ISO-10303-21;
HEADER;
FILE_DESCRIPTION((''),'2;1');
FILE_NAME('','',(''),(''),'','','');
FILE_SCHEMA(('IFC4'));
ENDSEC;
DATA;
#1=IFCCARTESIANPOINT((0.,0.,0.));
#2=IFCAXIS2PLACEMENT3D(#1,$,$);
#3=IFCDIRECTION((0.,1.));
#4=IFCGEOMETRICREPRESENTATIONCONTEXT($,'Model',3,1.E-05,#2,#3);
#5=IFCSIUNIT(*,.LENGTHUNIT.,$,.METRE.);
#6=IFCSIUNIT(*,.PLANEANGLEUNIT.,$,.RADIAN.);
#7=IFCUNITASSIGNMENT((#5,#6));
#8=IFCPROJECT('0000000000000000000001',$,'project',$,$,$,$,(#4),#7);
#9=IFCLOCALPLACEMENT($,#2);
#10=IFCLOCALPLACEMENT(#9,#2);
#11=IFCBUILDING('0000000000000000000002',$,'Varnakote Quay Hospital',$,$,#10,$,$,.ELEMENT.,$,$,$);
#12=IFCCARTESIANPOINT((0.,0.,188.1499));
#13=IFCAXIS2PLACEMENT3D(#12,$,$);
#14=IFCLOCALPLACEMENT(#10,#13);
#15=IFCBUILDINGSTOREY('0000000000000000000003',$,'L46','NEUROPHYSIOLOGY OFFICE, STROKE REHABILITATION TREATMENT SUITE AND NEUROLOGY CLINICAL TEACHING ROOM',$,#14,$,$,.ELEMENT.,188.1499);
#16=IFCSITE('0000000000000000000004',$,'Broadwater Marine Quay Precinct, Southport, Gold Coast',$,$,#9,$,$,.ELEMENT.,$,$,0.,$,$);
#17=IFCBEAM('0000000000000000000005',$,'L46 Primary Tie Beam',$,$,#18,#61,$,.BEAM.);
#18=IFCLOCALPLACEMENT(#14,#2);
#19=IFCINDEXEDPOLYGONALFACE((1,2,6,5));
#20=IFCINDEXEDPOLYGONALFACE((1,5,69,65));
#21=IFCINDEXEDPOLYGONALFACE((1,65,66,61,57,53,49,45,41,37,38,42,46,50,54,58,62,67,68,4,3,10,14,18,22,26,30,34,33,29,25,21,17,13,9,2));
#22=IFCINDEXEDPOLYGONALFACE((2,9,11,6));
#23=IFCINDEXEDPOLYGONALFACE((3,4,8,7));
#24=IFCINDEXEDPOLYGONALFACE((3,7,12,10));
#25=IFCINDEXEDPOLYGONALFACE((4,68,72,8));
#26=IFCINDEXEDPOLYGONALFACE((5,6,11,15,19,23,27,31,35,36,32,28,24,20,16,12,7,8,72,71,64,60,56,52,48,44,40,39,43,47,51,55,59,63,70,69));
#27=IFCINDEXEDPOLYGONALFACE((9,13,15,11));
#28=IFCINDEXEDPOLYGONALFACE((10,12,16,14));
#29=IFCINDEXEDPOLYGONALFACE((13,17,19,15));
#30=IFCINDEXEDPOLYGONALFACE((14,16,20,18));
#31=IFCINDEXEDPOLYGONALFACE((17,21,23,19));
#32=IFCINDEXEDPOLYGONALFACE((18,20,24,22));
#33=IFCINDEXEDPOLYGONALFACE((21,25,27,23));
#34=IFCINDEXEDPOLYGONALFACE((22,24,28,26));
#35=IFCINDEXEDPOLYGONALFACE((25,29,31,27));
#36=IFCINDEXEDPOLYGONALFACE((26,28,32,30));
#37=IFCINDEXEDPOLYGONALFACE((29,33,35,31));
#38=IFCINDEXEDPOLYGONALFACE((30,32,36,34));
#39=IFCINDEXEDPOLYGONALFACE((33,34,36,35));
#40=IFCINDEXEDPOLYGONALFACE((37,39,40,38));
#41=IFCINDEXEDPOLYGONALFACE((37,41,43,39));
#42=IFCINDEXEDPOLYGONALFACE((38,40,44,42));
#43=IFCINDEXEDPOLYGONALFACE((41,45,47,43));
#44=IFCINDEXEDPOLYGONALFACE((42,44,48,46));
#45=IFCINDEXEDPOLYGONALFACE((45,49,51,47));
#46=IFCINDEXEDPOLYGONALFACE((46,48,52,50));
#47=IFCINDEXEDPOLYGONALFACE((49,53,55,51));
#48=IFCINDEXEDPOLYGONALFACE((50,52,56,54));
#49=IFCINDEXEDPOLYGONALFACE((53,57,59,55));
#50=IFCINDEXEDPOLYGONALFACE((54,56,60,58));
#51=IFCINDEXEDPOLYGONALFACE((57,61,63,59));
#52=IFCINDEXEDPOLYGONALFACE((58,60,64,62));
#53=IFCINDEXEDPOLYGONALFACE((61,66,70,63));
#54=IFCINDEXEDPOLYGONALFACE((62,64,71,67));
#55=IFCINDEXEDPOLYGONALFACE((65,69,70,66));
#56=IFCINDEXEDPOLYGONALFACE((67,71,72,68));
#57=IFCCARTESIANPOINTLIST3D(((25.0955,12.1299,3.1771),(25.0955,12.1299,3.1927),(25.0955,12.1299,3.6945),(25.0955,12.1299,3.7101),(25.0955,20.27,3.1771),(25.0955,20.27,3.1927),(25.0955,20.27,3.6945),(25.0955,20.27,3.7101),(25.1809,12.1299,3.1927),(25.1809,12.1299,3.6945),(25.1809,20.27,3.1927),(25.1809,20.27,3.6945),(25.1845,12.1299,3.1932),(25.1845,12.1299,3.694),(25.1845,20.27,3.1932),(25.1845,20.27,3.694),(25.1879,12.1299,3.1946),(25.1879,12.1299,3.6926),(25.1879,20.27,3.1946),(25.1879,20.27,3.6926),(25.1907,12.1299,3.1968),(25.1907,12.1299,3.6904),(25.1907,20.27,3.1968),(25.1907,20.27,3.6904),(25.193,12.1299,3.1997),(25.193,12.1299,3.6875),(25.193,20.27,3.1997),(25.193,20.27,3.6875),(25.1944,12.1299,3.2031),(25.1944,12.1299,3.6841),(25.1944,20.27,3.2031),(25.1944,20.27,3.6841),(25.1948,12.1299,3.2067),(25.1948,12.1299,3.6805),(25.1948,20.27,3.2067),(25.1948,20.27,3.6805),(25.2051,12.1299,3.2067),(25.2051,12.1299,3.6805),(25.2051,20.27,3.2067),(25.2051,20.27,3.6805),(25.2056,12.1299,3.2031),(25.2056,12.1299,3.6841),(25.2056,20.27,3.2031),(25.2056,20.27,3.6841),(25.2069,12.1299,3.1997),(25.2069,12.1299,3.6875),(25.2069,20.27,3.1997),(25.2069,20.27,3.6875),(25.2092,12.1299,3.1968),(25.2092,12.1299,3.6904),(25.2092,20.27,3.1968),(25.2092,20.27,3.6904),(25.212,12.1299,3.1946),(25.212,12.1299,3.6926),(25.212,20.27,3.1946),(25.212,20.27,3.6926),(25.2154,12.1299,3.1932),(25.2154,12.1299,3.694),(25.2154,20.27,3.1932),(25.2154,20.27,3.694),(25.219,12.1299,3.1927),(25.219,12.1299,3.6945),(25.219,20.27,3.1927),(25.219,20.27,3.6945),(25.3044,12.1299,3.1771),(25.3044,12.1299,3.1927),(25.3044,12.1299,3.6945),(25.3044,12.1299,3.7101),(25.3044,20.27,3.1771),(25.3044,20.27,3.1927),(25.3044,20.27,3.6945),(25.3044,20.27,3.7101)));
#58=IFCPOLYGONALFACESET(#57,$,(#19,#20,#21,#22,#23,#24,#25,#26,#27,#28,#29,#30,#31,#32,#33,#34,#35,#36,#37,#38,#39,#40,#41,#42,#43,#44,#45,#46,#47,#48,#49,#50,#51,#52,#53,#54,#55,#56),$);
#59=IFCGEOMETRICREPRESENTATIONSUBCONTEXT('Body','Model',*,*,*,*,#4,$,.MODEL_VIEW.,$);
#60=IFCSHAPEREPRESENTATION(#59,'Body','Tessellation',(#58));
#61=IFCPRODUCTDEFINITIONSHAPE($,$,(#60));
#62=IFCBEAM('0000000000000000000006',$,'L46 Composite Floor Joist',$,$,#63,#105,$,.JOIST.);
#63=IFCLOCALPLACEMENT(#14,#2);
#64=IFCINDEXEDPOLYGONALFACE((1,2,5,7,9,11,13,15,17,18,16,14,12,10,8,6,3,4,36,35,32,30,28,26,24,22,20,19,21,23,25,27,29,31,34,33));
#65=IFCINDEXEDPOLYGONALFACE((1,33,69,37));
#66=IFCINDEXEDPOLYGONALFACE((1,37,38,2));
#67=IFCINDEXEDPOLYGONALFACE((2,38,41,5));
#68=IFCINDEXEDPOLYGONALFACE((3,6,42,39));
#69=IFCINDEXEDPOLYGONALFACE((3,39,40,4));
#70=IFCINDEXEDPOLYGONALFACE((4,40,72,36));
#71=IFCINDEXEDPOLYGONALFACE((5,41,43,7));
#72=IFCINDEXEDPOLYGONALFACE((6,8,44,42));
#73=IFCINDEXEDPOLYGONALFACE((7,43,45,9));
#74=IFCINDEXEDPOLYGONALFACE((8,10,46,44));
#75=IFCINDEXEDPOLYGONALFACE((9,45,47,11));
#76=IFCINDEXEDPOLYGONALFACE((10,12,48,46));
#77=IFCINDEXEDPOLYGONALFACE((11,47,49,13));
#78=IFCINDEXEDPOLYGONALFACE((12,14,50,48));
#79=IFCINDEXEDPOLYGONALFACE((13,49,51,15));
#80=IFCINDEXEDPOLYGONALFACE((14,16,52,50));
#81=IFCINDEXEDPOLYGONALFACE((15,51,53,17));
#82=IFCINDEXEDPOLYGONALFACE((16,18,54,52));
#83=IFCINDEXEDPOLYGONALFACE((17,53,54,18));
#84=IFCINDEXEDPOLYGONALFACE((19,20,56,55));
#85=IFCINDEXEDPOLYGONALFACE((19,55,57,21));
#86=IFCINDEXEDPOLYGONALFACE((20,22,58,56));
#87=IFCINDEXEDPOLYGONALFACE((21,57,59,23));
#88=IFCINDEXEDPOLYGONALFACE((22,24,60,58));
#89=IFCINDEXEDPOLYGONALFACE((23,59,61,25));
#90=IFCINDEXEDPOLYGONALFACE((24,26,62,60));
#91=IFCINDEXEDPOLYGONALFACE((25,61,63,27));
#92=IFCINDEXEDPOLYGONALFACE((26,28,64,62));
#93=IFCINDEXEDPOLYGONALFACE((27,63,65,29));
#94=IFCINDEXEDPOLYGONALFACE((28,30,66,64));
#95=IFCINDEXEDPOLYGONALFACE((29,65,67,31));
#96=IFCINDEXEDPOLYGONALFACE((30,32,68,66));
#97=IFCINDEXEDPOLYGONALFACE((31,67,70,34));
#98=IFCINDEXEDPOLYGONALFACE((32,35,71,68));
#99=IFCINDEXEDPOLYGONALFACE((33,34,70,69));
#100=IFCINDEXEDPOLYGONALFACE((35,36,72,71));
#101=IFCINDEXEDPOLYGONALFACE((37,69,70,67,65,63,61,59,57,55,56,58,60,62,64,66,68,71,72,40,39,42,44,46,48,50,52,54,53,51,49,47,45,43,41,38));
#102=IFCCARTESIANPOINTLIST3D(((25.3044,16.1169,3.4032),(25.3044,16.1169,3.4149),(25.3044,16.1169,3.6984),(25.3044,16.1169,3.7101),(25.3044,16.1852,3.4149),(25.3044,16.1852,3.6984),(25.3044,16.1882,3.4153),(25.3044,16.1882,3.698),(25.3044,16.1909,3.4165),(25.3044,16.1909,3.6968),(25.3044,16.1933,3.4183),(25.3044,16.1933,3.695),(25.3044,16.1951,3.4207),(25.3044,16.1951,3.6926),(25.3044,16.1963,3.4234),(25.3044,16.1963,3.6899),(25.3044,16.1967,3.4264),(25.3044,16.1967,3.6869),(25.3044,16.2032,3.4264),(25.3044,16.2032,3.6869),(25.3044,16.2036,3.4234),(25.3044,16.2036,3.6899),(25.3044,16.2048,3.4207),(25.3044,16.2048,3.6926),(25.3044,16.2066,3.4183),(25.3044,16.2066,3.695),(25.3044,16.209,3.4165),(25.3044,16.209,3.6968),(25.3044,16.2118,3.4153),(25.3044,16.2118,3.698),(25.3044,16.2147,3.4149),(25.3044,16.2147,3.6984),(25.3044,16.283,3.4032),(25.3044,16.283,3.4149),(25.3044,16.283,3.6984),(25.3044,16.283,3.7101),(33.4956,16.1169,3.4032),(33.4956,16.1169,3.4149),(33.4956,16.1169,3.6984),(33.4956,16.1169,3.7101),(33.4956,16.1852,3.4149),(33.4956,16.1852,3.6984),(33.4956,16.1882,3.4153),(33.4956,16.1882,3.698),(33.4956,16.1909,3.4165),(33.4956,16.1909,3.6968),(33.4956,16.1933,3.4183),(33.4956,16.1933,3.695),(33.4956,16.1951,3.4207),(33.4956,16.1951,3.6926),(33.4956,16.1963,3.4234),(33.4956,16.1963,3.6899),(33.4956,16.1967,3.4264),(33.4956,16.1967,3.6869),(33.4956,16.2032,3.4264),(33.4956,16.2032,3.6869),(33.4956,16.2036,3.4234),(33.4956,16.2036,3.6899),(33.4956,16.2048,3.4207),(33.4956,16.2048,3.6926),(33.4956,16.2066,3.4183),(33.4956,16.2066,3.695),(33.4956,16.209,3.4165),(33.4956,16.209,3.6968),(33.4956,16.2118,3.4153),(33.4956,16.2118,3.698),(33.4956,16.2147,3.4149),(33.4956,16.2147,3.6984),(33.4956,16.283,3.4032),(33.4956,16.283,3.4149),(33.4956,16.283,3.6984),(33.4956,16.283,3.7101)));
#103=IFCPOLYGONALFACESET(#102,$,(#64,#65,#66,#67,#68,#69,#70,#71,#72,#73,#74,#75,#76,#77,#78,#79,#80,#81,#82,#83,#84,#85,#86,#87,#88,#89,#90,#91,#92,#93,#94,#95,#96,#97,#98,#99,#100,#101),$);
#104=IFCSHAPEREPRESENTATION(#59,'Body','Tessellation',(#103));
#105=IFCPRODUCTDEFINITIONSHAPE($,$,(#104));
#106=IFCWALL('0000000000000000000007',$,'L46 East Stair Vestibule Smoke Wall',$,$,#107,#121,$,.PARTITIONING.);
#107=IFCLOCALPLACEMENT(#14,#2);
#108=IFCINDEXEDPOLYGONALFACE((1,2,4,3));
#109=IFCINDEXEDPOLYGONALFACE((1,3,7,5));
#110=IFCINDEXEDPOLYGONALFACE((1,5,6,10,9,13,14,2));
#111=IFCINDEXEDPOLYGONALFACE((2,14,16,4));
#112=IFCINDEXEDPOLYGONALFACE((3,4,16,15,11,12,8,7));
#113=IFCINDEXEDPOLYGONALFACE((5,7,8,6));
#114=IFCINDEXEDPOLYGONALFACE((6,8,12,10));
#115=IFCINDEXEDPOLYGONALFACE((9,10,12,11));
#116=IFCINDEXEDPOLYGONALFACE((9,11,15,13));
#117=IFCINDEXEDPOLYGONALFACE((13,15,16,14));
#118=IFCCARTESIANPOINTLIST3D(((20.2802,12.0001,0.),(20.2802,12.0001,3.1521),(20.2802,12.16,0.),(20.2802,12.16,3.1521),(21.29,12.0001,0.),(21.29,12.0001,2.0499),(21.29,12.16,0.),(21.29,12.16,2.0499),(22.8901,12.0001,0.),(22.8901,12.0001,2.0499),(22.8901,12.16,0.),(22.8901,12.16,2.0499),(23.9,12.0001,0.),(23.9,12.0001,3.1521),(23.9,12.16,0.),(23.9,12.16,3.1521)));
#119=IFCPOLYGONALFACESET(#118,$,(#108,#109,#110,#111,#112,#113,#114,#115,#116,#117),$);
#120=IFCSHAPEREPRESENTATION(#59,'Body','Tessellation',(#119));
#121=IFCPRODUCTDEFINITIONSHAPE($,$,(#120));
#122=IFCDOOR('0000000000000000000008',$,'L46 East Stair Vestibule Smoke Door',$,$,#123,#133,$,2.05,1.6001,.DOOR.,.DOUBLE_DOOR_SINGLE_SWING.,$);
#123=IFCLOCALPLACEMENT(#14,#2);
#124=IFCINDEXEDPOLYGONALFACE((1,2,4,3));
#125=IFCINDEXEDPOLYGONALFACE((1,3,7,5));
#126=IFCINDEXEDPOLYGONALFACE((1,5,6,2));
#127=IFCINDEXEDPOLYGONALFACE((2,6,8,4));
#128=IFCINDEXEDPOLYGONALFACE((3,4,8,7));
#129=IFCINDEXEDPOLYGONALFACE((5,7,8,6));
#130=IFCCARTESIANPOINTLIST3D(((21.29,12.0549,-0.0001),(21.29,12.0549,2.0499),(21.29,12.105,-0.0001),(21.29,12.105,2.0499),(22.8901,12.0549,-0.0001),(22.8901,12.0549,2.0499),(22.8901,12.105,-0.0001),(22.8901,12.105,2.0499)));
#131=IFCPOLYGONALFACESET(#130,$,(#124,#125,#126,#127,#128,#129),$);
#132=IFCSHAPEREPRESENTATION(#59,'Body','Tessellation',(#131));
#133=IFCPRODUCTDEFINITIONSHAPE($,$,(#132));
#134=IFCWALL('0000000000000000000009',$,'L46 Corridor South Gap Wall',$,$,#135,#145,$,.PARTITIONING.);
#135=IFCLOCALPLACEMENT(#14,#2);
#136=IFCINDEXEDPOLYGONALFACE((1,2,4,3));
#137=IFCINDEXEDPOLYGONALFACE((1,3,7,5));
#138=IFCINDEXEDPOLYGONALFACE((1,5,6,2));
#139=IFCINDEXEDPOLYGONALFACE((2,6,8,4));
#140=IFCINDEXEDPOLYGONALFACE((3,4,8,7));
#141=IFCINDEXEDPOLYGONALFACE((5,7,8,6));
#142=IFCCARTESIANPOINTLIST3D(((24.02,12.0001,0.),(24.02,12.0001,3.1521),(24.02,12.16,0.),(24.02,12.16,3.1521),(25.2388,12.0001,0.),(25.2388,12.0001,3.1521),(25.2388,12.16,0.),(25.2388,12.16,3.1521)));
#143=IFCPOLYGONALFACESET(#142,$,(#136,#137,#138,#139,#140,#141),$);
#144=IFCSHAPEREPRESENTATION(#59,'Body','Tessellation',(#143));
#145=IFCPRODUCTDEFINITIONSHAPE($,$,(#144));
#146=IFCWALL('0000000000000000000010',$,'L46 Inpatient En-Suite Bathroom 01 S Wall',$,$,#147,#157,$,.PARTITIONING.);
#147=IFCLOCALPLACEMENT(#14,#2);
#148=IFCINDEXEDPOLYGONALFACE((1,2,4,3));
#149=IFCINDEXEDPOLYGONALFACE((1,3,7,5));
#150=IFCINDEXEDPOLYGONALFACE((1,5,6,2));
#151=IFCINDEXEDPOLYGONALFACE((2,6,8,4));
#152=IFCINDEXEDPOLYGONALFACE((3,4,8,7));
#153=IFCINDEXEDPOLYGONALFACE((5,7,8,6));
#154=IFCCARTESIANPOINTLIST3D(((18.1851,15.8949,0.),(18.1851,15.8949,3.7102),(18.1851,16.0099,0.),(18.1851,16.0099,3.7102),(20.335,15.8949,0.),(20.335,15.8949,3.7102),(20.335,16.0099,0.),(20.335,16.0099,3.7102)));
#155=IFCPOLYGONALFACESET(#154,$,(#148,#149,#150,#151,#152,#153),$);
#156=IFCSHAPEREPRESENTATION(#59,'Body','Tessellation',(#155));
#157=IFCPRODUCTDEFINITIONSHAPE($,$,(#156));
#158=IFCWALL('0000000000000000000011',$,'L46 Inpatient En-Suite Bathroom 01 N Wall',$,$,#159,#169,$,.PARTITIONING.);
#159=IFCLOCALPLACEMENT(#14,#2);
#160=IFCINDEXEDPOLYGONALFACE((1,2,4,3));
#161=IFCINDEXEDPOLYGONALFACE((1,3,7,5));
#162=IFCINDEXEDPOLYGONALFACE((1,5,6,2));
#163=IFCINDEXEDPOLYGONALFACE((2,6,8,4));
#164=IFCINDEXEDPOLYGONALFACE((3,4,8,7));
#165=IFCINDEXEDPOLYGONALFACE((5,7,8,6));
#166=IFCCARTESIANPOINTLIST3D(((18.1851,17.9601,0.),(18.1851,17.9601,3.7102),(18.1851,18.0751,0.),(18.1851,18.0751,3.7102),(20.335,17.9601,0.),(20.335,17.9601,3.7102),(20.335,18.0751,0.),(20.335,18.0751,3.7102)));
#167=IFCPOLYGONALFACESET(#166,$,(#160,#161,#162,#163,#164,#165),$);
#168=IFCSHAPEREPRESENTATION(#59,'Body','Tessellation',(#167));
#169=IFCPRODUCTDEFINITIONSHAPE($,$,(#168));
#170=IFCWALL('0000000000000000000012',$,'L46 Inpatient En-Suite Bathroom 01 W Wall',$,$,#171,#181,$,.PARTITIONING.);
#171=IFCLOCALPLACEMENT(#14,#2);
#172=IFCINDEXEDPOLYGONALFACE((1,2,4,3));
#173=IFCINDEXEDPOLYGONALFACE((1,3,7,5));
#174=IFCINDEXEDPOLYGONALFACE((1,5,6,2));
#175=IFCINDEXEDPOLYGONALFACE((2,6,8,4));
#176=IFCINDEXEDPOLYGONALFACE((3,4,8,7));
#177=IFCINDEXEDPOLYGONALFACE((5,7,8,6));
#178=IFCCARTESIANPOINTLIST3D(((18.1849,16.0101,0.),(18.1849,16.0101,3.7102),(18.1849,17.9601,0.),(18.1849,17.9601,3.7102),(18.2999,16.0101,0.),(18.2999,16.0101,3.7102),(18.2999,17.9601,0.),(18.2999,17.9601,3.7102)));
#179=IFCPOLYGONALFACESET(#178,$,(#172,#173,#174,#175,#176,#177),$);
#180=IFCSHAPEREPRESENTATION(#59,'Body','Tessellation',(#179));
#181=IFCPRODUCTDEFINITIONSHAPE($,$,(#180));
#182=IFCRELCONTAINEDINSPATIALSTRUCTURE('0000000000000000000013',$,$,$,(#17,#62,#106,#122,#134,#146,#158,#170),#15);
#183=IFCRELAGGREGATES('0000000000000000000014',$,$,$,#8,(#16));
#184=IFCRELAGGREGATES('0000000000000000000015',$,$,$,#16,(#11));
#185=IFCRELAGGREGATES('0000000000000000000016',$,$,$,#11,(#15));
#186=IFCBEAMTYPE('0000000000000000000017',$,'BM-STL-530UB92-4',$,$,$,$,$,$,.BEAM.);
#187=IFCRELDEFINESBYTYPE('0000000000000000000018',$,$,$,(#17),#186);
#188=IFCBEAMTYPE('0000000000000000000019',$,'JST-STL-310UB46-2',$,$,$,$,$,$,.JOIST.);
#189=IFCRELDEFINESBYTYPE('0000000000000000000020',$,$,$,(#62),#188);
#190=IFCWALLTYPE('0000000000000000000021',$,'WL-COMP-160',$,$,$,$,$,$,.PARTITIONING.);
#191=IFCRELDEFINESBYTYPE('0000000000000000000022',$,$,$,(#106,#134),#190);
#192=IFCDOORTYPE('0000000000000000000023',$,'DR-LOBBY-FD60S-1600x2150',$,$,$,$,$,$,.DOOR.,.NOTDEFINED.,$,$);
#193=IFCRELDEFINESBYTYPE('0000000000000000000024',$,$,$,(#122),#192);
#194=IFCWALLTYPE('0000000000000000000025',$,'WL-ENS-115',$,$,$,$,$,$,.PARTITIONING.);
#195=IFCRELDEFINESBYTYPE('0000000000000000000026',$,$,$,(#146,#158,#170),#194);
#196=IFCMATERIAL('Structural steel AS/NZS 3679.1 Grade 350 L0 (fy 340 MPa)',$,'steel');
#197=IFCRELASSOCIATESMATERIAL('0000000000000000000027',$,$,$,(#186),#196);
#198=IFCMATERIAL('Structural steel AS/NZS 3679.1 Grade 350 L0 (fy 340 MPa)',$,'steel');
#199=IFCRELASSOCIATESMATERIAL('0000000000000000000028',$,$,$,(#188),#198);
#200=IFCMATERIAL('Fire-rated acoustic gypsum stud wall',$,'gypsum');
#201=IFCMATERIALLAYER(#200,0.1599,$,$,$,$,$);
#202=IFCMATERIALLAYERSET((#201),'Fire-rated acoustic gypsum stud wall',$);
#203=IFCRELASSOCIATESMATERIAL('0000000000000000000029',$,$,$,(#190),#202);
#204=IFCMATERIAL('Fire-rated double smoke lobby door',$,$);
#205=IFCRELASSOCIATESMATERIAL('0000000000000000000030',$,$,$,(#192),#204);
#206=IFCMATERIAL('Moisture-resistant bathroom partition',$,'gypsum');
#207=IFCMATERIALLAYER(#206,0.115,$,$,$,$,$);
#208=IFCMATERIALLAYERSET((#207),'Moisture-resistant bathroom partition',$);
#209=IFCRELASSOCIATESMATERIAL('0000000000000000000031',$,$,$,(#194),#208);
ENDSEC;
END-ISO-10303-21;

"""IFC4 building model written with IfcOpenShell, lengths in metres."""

from ifc_helpers import new_model, si_unit, direction, frame, frame_2d, origin, origin_2d, place, context, subcontext, project, spatial, rectangle, i_section, extrude, material, layer, layer_set, material_profile, profile_set, type_object, element, fill, save


model = new_model("IFC4")

# Units and contexts
model_context = context("Model", 3, precision=1e-05, world=origin(), true_north=direction((0.0, 1.0)))
body_context = subcontext(model_context, "Body", "Model", "MODEL_VIEW")
ifc_project = project(units=[si_unit("LENGTHUNIT", "METRE"), si_unit("PLANEANGLEUNIT", "RADIAN")], contexts=[model_context])

# Site, building, storey
site_placement = place(None, origin())
site = spatial("IfcSite", under=ifc_project, at=site_placement, Name="Broadwater Marine Quay Precinct, Southport, Gold Coast", CompositionType="ELEMENT", RefElevation=0.0)
building_placement = place(site_placement, origin())
building = spatial("IfcBuilding", under=site, at=building_placement, Name="Varnakote Quay Hospital", CompositionType="ELEMENT")
storey_placement = place(building_placement, frame((0.0, 0.0, 188.1499)))
storey = spatial("IfcBuildingStorey", under=building, at=storey_placement, Name="L46", Description="NEUROPHYSIOLOGY OFFICE, STROKE REHABILITATION TREATMENT SUITE AND NEUROLOGY CLINICAL TEACHING ROOM", CompositionType="ELEMENT", Elevation=188.1499)

# Beams
ifc_material_1 = material(Name="Structural steel AS/NZS 3679.1 Grade 350 L0 (fy 340 MPa)", Category="steel")
ifc_material_profile_1 = material_profile(ifc_material_1, i_section(OverallWidth=0.209, OverallDepth=0.533, WebThickness=0.0103, FlangeThickness=0.0156, FilletRadius=0.0139, at=origin_2d()), Name="530UB92.4")
ifc_profile_set_1 = profile_set([ifc_material_profile_1], Name="Structural steel AS/NZS 3679.1 Grade 350 L0 (fy 340 MPa)")
beam_type_1 = type_object("IfcBeamType", Name="BM-STL-530UB92-4", PredefinedType="BEAM", material=ifc_profile_set_1)
beam_1_placement = place(storey_placement, frame((25.2, 12.1299, 3.4436), z_axis=(0.0, 1.0, 0.0), x_axis=(-1.0, 0.0, 0.0)))
element("IfcBeam", 1, at=beam_1_placement, inside=storey, type_object=beam_type_1, Name="L46 Primary Tie Beam", PredefinedType="BEAM", context=body_context, shape_type="SweptSolid", body=[
    extrude(i_section(OverallWidth=0.209, OverallDepth=0.533, WebThickness=0.0103, FlangeThickness=0.0156, FilletRadius=0.0139, at=origin_2d()), origin(), (0.0, 0.0, 1.0), 8.1401),
])
ifc_material_2 = material(Name="Structural steel AS/NZS 3679.1 Grade 350 L0 (fy 340 MPa)", Category="steel")
ifc_material_profile_2 = material_profile(ifc_material_2, i_section(OverallWidth=0.166, OverallDepth=0.3069, WebThickness=0.0066, FlangeThickness=0.0117, FilletRadius=0.0115, at=origin_2d()), Name="310UB46.2")
ifc_profile_set_2 = profile_set([ifc_material_profile_2], Name="Structural steel AS/NZS 3679.1 Grade 350 L0 (fy 340 MPa)")
beam_type_2 = type_object("IfcBeamType", Name="JST-STL-310UB46-2", PredefinedType="JOIST", material=ifc_profile_set_2)
beam_2_placement = place(storey_placement, frame((25.3044, 16.2, 3.5566), z_axis=(1.0, 0.0, 0.0), x_axis=(0.0, 1.0, 0.0)))
element("IfcBeam", 2, at=beam_2_placement, inside=storey, type_object=beam_type_2, Name="L46 Composite Floor Joist", PredefinedType="JOIST", context=body_context, shape_type="SweptSolid", body=[
    extrude(i_section(OverallWidth=0.166, OverallDepth=0.3069, WebThickness=0.0066, FlangeThickness=0.0117, FilletRadius=0.0115, at=origin_2d()), origin(), (0.0, 0.0, 1.0), 8.1912),
])

# Wall, opening, door
ifc_material_3 = material(Name="Fire-rated acoustic gypsum stud wall", Category="gypsum")
ifc_layer_1 = layer(ifc_material_3, 0.1599)
ifc_layer_set_1 = layer_set([ifc_layer_1], Name="Fire-rated acoustic gypsum stud wall")
wall_type_1 = type_object("IfcWallType", Name="WL-COMP-160", PredefinedType="PARTITIONING", material=ifc_layer_set_1)
wall_1_placement = place(storey_placement, frame((20.28, 12.0801, 0.0), z_axis=(0.0, 0.0, 1.0), x_axis=(1.0, 0.0, 0.0)))
wall_1 = element("IfcWall", 3, at=wall_1_placement, inside=storey, type_object=wall_type_1, Name="L46 East Stair Vestibule Smoke Wall", PredefinedType="PARTITIONING", context=body_context, shape_type="SweptSolid", body=[
    extrude(rectangle(XDim=3.6199, YDim=0.1599, at=frame_2d((1.8101, 0.0))), origin(), (0.0, 0.0, 1.0), 3.1521),
])
opening_1_placement = place(wall_1_placement, frame((1.01, 0.0, 0.0)))
opening_1 = element("IfcOpeningElement", 4, at=opening_1_placement, cuts=wall_1, PredefinedType="OPENING", context=body_context, shape_type="SweptSolid", body=[
    extrude(rectangle(XDim=1.6001, YDim=2.05, at=frame_2d((0.8, 1.0249))), frame((0.0, 0.0898, 0.0), z_axis=(0.0, -1.0, 0.0), x_axis=(1.0, 0.0, 0.0)), (0.0, 0.0, 1.0), 0.1799),
])
ifc_material_4 = material(Name="Fire-rated double smoke lobby door")
door_type_1 = type_object("IfcDoorType", Name="DR-LOBBY-FD60S-1600x2150", OperationType="NOTDEFINED", PredefinedType="DOOR", material=ifc_material_4)
door_1_placement = place(opening_1_placement, origin())
door_1 = element("IfcDoor", 5, at=door_1_placement, inside=storey, type_object=door_type_1, Name="L46 East Stair Vestibule Smoke Door", OperationType="DOUBLE_DOOR_SINGLE_SWING", OverallHeight=2.05, OverallWidth=1.6001, PredefinedType="DOOR", context=body_context, shape_type="SweptSolid", body=[
    extrude(rectangle(XDim=1.6001, YDim=2.05, at=frame_2d((0.8, 1.0249))), frame((0.0, 0.0249, 0.0), z_axis=(0.0, -1.0, 0.0), x_axis=(1.0, 0.0, 0.0)), (0.0, 0.0, 1.0), 0.05),
])
fill(opening_1, door_1)

# Walls
wall_2_placement = place(storey_placement, frame((24.02, 12.0801, 0.0), z_axis=(0.0, 0.0, 1.0), x_axis=(1.0, 0.0, 0.0)))
element("IfcWall", 6, at=wall_2_placement, inside=storey, type_object=wall_type_1, Name="L46 Corridor South Gap Wall", PredefinedType="PARTITIONING", context=body_context, shape_type="SweptSolid", body=[
    extrude(rectangle(XDim=1.2188, YDim=0.1599, at=frame_2d((0.6094, 0.0))), origin(), (0.0, 0.0, 1.0), 3.1521),
])
ifc_material_5 = material(Name="Moisture-resistant bathroom partition", Category="gypsum")
ifc_layer_2 = layer(ifc_material_5, 0.115)
ifc_layer_set_2 = layer_set([ifc_layer_2], Name="Moisture-resistant bathroom partition")
wall_type_2 = type_object("IfcWallType", Name="WL-ENS-115", PredefinedType="PARTITIONING", material=ifc_layer_set_2)
for number, where, z_axis, x_axis, name in (
    (7, (18.1851, 15.9524, 0.0), (0.0, 0.0, 1.0), (1.0, 0.0, 0.0), "L46 Inpatient En-Suite Bathroom 01 S Wall"),
    (8, (18.1851, 18.0176, 0.0), (0.0, 0.0, 1.0), (1.0, 0.0, 0.0), "L46 Inpatient En-Suite Bathroom 01 N Wall"),
):
    element("IfcWall", number, at=place(storey_placement, frame(where, z_axis=z_axis, x_axis=x_axis)), inside=storey, type_object=wall_type_2, Name=name, PredefinedType="PARTITIONING", context=body_context, shape_type="SweptSolid", body=[
        extrude(rectangle(XDim=2.1499, YDim=0.115, at=frame_2d((1.075, 0.0))), origin(), (0.0, 0.0, 1.0), 3.7102),
    ])
wall_3_placement = place(storey_placement, frame((18.2424, 16.01, 0.0), z_axis=(0.0, 0.0, 1.0), x_axis=(0.0, 1.0, 0.0)))
element("IfcWall", 9, at=wall_3_placement, inside=storey, type_object=wall_type_2, Name="L46 Inpatient En-Suite Bathroom 01 W Wall", PredefinedType="PARTITIONING", context=body_context, shape_type="SweptSolid", body=[
    extrude(rectangle(XDim=1.95, YDim=0.115, at=frame_2d((0.9751, 0.0))), origin(), (0.0, 0.0, 1.0), 3.7102),
])

save(model, "model.ifc")
